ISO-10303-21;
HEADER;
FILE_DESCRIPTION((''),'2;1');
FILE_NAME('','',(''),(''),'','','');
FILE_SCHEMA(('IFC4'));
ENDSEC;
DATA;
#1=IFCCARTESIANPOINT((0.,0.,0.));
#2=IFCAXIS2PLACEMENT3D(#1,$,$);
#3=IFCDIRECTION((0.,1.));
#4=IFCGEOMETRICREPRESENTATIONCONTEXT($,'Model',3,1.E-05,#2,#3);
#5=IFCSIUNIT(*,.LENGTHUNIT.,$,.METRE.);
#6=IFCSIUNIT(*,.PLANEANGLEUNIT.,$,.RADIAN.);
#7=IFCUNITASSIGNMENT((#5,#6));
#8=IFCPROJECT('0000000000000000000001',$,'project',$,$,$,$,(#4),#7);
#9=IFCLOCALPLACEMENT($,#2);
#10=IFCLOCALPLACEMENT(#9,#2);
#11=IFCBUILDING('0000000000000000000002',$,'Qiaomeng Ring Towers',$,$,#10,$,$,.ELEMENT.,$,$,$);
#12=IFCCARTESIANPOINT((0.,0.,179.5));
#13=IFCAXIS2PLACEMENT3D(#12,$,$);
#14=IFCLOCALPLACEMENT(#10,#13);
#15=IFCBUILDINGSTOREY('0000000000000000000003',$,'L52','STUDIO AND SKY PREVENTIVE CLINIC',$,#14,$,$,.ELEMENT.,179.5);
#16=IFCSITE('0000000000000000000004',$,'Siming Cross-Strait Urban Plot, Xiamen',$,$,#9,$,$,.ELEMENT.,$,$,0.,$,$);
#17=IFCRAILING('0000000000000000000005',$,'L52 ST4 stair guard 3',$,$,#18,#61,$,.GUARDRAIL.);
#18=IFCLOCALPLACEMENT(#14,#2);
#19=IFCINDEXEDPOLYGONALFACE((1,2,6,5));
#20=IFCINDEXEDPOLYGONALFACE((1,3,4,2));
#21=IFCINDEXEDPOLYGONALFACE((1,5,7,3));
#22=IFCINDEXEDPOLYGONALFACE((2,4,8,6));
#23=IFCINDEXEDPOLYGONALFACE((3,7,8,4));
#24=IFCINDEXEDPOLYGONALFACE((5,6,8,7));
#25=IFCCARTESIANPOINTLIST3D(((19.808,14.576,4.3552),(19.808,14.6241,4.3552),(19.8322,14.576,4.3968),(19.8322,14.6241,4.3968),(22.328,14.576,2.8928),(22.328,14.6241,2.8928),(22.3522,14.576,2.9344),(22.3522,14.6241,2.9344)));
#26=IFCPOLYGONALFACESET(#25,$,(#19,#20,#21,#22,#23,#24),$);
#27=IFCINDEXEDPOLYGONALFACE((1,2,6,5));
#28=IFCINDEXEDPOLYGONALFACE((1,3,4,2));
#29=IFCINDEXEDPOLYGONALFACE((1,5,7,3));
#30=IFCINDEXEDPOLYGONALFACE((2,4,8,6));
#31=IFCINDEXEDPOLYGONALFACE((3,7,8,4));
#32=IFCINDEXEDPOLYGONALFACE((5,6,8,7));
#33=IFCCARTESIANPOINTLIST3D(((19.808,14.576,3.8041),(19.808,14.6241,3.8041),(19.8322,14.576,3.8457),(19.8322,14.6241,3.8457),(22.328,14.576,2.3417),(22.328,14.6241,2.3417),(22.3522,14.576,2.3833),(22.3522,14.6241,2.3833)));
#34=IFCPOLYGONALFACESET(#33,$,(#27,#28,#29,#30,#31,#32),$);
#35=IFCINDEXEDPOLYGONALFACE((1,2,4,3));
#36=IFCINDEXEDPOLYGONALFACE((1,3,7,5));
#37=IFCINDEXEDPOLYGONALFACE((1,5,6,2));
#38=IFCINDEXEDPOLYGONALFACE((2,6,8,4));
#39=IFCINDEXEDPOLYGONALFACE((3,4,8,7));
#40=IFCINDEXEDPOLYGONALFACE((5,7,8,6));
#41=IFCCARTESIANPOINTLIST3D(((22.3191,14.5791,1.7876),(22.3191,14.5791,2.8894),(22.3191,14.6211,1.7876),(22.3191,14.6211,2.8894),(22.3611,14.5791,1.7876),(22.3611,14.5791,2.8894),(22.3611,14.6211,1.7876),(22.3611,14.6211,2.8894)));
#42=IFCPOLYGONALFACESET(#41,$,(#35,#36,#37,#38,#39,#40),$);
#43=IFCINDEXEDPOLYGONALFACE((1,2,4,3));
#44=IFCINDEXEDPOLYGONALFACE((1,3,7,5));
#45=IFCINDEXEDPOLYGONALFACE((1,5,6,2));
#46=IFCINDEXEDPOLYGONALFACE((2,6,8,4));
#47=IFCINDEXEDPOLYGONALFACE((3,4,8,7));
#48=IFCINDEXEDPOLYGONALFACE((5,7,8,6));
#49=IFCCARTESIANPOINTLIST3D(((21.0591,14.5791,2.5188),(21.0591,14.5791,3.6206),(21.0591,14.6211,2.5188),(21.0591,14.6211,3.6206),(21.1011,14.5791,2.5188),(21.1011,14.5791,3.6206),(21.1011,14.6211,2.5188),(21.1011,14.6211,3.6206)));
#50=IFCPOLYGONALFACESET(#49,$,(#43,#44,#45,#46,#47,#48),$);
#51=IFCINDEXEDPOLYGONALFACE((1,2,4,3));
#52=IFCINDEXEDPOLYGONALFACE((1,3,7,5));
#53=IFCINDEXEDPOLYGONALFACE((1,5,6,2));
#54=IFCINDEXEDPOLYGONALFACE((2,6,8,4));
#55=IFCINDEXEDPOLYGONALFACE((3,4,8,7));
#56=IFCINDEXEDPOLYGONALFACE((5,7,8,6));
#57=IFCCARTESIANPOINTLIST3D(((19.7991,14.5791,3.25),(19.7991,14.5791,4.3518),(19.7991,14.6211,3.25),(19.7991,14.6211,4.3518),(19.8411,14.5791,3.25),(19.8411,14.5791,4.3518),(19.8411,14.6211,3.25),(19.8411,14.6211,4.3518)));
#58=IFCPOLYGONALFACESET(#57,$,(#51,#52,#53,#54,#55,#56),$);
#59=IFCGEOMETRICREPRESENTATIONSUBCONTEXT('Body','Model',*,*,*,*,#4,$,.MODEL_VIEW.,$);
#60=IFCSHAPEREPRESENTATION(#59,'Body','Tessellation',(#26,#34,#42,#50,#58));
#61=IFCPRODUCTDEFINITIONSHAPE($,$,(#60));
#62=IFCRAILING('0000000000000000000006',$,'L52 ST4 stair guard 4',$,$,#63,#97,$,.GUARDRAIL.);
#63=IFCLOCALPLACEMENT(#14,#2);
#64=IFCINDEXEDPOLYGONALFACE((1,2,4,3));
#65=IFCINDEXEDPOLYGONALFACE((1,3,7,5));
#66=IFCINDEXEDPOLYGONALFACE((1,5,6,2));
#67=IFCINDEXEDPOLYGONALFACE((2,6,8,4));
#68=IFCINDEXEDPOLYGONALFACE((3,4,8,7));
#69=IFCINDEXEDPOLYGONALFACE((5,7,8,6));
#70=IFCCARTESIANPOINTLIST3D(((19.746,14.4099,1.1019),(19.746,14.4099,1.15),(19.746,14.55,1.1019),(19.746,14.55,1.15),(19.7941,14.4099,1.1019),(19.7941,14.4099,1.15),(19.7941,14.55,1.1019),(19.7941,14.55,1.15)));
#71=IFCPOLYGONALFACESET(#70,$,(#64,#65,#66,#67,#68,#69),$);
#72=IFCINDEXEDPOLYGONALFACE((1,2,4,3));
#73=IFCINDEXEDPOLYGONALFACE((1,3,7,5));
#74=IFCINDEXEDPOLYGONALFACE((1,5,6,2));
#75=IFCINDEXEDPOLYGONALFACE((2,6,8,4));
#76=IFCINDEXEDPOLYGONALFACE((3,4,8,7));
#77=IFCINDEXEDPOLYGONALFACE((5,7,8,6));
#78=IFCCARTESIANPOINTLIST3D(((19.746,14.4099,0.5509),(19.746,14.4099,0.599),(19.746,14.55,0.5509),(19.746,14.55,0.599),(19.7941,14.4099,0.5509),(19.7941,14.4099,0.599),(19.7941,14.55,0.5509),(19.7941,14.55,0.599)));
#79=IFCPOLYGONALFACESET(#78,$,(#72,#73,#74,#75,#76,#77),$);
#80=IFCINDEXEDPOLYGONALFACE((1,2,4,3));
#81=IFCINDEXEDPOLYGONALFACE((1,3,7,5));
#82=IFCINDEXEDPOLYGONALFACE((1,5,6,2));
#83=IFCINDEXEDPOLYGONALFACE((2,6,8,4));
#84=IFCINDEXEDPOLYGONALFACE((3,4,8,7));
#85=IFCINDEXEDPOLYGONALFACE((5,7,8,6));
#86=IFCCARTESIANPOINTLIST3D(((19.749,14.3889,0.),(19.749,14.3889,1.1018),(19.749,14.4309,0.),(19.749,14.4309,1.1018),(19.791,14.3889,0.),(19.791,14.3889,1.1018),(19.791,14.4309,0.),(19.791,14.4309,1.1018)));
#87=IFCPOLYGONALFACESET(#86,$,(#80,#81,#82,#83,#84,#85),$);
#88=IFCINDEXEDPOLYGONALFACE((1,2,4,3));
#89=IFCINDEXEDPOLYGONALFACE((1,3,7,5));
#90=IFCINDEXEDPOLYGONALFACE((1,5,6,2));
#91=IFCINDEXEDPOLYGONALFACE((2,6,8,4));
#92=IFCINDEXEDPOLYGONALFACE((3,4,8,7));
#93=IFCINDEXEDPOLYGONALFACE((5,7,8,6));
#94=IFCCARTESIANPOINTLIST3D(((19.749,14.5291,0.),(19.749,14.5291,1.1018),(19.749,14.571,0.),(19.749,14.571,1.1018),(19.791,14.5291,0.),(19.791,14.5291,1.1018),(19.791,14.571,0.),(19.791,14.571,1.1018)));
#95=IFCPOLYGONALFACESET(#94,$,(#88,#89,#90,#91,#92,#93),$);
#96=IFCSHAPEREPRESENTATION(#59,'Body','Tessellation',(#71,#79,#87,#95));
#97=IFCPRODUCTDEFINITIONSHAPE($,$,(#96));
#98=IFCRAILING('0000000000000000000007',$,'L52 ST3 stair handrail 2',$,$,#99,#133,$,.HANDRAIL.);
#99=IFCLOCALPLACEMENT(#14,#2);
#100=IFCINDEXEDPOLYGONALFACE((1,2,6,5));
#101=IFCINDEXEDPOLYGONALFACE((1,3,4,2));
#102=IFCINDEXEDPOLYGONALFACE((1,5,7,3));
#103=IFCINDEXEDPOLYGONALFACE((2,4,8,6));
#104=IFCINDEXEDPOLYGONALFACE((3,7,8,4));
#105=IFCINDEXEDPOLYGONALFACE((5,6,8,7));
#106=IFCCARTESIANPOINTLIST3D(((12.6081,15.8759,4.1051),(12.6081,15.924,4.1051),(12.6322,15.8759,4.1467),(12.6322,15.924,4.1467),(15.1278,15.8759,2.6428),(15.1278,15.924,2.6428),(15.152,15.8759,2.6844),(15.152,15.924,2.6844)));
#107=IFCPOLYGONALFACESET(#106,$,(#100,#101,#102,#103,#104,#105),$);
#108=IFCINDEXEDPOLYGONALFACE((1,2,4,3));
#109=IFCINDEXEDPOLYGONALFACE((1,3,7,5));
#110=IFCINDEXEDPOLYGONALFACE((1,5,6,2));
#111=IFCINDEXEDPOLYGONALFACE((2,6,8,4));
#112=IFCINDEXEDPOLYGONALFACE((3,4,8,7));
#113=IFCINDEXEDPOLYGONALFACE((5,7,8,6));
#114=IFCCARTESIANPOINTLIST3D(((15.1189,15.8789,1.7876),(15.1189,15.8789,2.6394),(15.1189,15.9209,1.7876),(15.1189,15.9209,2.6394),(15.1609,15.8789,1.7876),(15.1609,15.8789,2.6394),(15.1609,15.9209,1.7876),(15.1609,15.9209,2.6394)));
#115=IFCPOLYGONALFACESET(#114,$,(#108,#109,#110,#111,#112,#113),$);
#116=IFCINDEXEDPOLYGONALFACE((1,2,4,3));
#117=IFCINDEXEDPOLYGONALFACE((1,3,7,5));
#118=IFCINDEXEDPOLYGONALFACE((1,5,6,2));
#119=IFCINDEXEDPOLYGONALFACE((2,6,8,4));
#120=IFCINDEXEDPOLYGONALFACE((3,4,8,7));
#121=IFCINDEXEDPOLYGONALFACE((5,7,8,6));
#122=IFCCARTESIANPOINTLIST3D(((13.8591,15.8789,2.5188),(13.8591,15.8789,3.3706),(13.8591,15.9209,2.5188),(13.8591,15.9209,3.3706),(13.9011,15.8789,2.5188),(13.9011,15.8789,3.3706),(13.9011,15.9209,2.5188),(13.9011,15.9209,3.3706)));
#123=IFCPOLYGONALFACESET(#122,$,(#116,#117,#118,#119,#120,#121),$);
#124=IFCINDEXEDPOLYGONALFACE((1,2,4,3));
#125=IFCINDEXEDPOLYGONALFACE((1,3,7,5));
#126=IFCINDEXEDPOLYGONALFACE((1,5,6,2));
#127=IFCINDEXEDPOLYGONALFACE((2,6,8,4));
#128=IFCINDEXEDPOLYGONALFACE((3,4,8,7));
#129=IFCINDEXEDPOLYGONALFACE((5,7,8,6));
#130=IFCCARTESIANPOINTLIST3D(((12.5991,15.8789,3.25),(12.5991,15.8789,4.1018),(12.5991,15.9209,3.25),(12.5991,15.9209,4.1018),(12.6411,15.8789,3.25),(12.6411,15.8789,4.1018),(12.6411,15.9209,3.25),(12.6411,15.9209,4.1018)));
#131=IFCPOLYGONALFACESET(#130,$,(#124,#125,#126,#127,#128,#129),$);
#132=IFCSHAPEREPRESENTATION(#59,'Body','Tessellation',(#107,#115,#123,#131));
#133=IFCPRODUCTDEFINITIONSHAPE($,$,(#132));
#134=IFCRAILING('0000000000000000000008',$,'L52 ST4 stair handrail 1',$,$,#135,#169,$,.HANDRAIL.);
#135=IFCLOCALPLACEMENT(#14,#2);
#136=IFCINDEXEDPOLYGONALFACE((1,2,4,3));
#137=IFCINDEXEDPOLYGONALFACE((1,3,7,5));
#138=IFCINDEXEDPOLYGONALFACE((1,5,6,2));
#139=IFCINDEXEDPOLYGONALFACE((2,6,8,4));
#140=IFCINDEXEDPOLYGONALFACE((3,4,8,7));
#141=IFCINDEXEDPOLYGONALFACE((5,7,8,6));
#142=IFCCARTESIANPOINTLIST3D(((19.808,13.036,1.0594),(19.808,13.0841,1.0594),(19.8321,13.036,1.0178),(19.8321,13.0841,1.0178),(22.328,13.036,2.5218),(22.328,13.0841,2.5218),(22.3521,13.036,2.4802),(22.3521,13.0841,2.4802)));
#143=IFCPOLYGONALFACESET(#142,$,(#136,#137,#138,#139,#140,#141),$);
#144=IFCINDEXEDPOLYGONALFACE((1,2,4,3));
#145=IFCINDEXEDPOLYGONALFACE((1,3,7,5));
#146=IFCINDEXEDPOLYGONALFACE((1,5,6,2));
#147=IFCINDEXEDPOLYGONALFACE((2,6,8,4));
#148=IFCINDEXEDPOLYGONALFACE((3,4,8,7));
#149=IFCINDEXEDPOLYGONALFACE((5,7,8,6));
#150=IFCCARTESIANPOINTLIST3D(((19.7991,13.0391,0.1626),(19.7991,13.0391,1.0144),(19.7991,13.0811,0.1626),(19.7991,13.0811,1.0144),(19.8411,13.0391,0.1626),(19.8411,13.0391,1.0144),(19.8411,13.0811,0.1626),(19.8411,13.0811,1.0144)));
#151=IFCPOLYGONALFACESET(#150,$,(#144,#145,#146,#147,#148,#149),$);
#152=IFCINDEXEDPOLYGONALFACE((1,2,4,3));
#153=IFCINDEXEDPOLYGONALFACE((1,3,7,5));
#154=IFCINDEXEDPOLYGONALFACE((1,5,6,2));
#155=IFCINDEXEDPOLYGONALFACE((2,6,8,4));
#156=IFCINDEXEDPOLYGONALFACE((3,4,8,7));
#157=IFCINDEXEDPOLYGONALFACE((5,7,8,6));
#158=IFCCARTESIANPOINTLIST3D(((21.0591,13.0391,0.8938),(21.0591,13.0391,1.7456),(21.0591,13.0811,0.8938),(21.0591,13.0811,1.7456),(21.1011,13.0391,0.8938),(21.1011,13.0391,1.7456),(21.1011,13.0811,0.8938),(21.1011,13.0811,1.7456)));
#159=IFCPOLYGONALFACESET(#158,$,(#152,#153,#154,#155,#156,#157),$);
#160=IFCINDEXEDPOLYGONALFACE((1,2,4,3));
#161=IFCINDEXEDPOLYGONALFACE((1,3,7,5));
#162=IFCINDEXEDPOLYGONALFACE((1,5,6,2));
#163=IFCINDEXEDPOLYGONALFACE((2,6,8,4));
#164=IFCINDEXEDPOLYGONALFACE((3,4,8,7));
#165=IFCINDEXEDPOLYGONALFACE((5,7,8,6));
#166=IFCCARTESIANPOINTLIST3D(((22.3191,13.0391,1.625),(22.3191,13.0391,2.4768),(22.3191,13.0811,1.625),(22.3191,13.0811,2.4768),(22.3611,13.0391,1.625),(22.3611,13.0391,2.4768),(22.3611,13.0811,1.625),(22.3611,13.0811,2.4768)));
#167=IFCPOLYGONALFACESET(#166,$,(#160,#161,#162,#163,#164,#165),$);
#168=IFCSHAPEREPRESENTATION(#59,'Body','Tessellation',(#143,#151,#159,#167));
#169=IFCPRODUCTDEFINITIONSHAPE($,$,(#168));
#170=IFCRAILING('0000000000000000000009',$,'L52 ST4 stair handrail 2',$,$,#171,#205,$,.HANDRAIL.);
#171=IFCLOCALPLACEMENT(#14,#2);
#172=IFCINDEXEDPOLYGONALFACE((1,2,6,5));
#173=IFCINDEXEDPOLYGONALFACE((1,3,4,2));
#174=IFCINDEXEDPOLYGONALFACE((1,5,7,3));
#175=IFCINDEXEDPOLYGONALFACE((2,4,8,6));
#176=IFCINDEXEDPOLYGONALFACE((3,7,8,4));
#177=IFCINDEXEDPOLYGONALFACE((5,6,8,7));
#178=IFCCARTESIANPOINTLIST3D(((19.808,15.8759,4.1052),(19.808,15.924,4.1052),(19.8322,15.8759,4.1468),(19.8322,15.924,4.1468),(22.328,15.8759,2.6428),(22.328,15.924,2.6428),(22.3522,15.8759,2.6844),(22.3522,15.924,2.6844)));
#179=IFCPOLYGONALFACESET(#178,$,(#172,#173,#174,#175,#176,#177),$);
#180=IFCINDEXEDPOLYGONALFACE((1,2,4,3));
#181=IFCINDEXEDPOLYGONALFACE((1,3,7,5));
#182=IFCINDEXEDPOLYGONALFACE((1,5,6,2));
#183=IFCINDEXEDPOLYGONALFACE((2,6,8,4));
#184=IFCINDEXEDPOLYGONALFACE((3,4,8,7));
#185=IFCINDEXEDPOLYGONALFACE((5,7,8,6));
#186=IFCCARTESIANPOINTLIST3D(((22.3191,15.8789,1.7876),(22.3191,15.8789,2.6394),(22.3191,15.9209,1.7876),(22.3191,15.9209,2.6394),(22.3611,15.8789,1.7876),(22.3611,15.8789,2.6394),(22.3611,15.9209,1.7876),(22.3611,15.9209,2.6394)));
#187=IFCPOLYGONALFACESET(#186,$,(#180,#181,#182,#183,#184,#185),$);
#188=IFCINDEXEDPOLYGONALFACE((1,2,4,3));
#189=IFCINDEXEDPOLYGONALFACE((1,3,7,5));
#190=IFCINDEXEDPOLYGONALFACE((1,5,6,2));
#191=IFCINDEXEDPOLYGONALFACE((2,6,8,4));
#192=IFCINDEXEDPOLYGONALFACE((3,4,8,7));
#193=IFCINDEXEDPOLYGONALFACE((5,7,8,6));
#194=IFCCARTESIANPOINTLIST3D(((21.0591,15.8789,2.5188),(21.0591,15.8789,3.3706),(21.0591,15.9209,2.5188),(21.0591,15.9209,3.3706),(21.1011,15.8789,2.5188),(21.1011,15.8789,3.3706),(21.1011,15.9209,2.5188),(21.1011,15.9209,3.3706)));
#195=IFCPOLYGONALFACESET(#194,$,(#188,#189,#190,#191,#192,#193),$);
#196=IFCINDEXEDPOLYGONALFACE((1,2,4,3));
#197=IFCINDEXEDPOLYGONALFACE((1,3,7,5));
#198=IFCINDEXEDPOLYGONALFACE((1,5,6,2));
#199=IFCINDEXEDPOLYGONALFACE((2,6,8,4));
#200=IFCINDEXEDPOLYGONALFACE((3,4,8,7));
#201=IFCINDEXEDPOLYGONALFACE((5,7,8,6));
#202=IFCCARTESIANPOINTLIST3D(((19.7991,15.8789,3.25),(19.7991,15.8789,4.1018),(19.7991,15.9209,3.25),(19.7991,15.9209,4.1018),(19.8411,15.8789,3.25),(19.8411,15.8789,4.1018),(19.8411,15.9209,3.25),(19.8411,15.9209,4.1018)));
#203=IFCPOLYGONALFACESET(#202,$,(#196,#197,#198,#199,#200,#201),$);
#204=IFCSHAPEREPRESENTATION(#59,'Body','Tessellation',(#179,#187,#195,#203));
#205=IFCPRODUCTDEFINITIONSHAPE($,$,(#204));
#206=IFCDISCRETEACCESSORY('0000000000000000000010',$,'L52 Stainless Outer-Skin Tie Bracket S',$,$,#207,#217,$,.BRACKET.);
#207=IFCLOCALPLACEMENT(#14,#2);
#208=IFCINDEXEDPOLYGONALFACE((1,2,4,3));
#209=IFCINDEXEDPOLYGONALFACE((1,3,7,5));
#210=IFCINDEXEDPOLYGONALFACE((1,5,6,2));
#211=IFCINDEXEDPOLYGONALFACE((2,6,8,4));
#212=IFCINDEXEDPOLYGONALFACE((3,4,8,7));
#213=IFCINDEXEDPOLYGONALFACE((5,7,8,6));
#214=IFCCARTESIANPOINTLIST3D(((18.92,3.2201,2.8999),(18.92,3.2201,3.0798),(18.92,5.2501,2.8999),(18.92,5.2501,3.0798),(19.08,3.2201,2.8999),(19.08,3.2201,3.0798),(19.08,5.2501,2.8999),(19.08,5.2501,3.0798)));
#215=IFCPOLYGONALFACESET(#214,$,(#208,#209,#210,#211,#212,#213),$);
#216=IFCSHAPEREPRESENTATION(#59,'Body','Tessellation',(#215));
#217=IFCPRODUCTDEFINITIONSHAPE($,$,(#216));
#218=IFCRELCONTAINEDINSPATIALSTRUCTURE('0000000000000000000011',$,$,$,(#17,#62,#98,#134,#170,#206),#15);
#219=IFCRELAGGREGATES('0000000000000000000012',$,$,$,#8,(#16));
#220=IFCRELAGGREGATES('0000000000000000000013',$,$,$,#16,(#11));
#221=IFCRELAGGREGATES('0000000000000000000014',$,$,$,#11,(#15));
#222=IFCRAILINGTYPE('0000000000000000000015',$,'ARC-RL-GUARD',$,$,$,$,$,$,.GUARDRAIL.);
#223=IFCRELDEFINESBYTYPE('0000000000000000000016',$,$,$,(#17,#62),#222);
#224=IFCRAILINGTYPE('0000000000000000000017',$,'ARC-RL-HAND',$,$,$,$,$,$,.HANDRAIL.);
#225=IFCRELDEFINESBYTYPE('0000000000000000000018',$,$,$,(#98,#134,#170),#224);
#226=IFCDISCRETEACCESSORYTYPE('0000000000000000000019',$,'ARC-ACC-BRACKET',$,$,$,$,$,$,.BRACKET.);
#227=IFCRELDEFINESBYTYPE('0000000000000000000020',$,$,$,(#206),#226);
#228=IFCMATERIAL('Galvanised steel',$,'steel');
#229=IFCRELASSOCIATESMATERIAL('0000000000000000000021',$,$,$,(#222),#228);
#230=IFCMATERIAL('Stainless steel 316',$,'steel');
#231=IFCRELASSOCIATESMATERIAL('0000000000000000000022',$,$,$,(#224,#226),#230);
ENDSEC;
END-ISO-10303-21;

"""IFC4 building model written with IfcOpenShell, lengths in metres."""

from ifc_helpers import new_model, si_unit, direction, frame, origin, origin_2d, place, context, subcontext, project, spatial, rectangle, extrude, source, transform, mapped, material, type_object, element, save


model = new_model("IFC4")

# Units and contexts
model_context = context("Model", 3, precision=1e-05, world=origin(), true_north=direction((0.0, 1.0)))
body_context = subcontext(model_context, "Body", "Model", "MODEL_VIEW")
ifc_project = project(units=[si_unit("LENGTHUNIT", "METRE"), si_unit("PLANEANGLEUNIT", "RADIAN")], contexts=[model_context])

# Site, building, storey
site_placement = place(None, origin())
site = spatial("IfcSite", under=ifc_project, at=site_placement, Name="Siming Cross-Strait Urban Plot, Xiamen", CompositionType="ELEMENT", RefElevation=0.0)
building_placement = place(site_placement, origin())
building = spatial("IfcBuilding", under=site, at=building_placement, Name="Qiaomeng Ring Towers", CompositionType="ELEMENT")
storey_placement = place(building_placement, frame((0.0, 0.0, 179.5)))
storey = spatial("IfcBuildingStorey", under=building, at=storey_placement, Name="L52", Description="STUDIO AND SKY PREVENTIVE CLINIC", CompositionType="ELEMENT", Elevation=179.5)

# Shared definitions
ifc_material_1 = material(Name="Galvanised steel", Category="steel")

# Railings
railing_type_1 = type_object("IfcRailingType", Name="ARC-RL-GUARD", PredefinedType="GUARDRAIL", material=ifc_material_1)
railing_1_placement = place(storey_placement, frame((22.3401, 14.6001, 1.7876)))
element("IfcRailing", 1, at=railing_1_placement, inside=storey, type_object=railing_type_1, Name="L52 ST4 stair guard 3", PredefinedType="GUARDRAIL", context=body_context, shape_type="SweptSolid", body=[
    extrude(rectangle(XDim=0.0481, YDim=0.0481, at=origin_2d()), frame((0.0, 0.0, 1.126), z_axis=(-0.864913, 0.0, 0.501921), x_axis=(0.0, -1.0, 0.0)), (0.0, 0.0, 1.0), 2.9136),
    extrude(rectangle(XDim=0.0481, YDim=0.0481, at=origin_2d()), frame((0.0, 0.0, 0.575), z_axis=(-0.864913, 0.0, 0.501921), x_axis=(0.0, -1.0, 0.0)), (0.0, 0.0, 1.0), 2.9136),
    extrude(rectangle(XDim=0.042, YDim=0.042, at=origin_2d()), origin(), (0.0, 0.0, 1.0), 1.1018),
    extrude(rectangle(XDim=0.042, YDim=0.042, at=origin_2d()), frame((-1.26, 0.0, 0.7312)), (0.0, 0.0, 1.0), 1.1018),
    extrude(rectangle(XDim=0.042, YDim=0.042, at=origin_2d()), frame((-2.52, 0.0, 1.4624)), (0.0, 0.0, 1.0), 1.1018),
])
railing_2_placement = place(storey_placement, frame((19.77, 14.4099, 0.0)))
element("IfcRailing", 2, at=railing_2_placement, inside=storey, type_object=railing_type_1, Name="L52 ST4 stair guard 4", PredefinedType="GUARDRAIL", context=body_context, shape_type="SweptSolid", body=[
    extrude(rectangle(XDim=0.0481, YDim=0.0481, at=origin_2d()), frame((0.0, 0.0, 1.126), z_axis=(0.0, 1.0, 0.0), x_axis=(-1.0, 0.0, 0.0)), (0.0, 0.0, 1.0), 0.1401),
    extrude(rectangle(XDim=0.0481, YDim=0.0481, at=origin_2d()), frame((0.0, 0.0, 0.575), z_axis=(0.0, 1.0, 0.0), x_axis=(-1.0, 0.0, 0.0)), (0.0, 0.0, 1.0), 0.1401),
    extrude(rectangle(XDim=0.042, YDim=0.042, at=origin_2d()), origin(), (0.0, 0.0, 1.0), 1.1018),
    extrude(rectangle(XDim=0.042, YDim=0.042, at=origin_2d()), frame((0.0, 0.1401, 0.0)), (0.0, 0.0, 1.0), 1.1018),
])
ifc_material_2 = material(Name="Stainless steel 316", Category="steel")
railing_type_2 = type_object("IfcRailingType", Name="ARC-RL-HAND", PredefinedType="HANDRAIL", material=ifc_material_2)
railing_3_placement = place(storey_placement, frame((15.1399, 15.8999, 1.7876)))
element("IfcRailing", 3, at=railing_3_placement, inside=storey, type_object=railing_type_2, Name="L52 ST3 stair handrail 2", PredefinedType="HANDRAIL", context=body_context, shape_type="SweptSolid", body=[
    extrude(rectangle(XDim=0.0481, YDim=0.0481, at=origin_2d()), frame((0.0, 0.0, 0.876), z_axis=(-0.864892, 0.0, 0.501958), x_axis=(0.0, -1.0, 0.0)), (0.0, 0.0, 1.0), 2.9133),
    extrude(rectangle(XDim=0.042, YDim=0.042, at=origin_2d()), origin(), (0.0, 0.0, 1.0), 0.8518),
    extrude(rectangle(XDim=0.042, YDim=0.042, at=origin_2d()), frame((-1.2598, 0.0, 0.7312)), (0.0, 0.0, 1.0), 0.8518),
    extrude(rectangle(XDim=0.042, YDim=0.042, at=origin_2d()), frame((-2.5198, 0.0, 1.4624)), (0.0, 0.0, 1.0), 0.8518),
])
railing_4_placement = place(storey_placement, frame((19.8201, 13.0601, 0.1626)))
element("IfcRailing", 4, at=railing_4_placement, inside=storey, type_object=railing_type_2, Name="L52 ST4 stair handrail 1", PredefinedType="HANDRAIL", context=body_context, shape_type="SweptSolid", body=[
    extrude(rectangle(XDim=0.0481, YDim=0.0481, at=origin_2d()), frame((0.0, 0.0, 0.876), z_axis=(0.864913, 0.0, 0.501921), x_axis=(0.0, 1.0, 0.0)), (0.0, 0.0, 1.0), 2.9136),
    extrude(rectangle(XDim=0.042, YDim=0.042, at=origin_2d()), origin(), (0.0, 0.0, 1.0), 0.8518),
    extrude(rectangle(XDim=0.042, YDim=0.042, at=origin_2d()), frame((1.26, 0.0, 0.7312)), (0.0, 0.0, 1.0), 0.8518),
    extrude(rectangle(XDim=0.042, YDim=0.042, at=origin_2d()), frame((2.52, 0.0, 1.4624)), (0.0, 0.0, 1.0), 0.8518),
])
railing_5_placement = place(storey_placement, frame((22.3401, 15.8999, 1.7876)))
element("IfcRailing", 5, at=railing_5_placement, inside=storey, type_object=railing_type_2, Name="L52 ST4 stair handrail 2", PredefinedType="HANDRAIL", context=body_context, shape_type="SweptSolid", body=[
    extrude(rectangle(XDim=0.0481, YDim=0.0481, at=origin_2d()), frame((0.0, 0.0, 0.876), z_axis=(-0.864913, 0.0, 0.501921), x_axis=(0.0, -1.0, 0.0)), (0.0, 0.0, 1.0), 2.9136),
    extrude(rectangle(XDim=0.042, YDim=0.042, at=origin_2d()), origin(), (0.0, 0.0, 1.0), 0.8518),
    extrude(rectangle(XDim=0.042, YDim=0.042, at=origin_2d()), frame((-1.26, 0.0, 0.7312)), (0.0, 0.0, 1.0), 0.8518),
    extrude(rectangle(XDim=0.042, YDim=0.042, at=origin_2d()), frame((-2.52, 0.0, 1.4624)), (0.0, 0.0, 1.0), 0.8518),
])

# Discrete accessory
discrete_accessory_type = type_object("IfcDiscreteAccessoryType", Name="ARC-ACC-BRACKET", PredefinedType="BRACKET", material=ifc_material_2)
shared_shape_1 = source(origin(), body_context, "Body", "SweptSolid", [
    extrude(rectangle(XDim=0.1599, YDim=2.03, at=origin_2d()), origin(), (0.0, 0.0, 1.0), 0.1799),
])
discrete_accessory_placement = place(storey_placement, frame((19.0, 4.2351, 2.8999), z_axis=(0.0, 0.0, 1.0), x_axis=(1.0, 0.0, 0.0)))
element("IfcDiscreteAccessory", 6, at=discrete_accessory_placement, inside=storey, type_object=discrete_accessory_type, Name="L52 Stainless Outer-Skin Tie Bracket S", PredefinedType="BRACKET", context=body_context, shape_type="MappedRepresentation", body=[
    mapped(shared_shape_1, transform((0.0, 0.0, 0.0), x_axis=(1.0, 0.0, 0.0), y_axis=(0.0, 1.0, 0.0), z_axis=(0.0, 0.0, 1.0), scale=1.0)),
])

save(model, "model.ifc")
